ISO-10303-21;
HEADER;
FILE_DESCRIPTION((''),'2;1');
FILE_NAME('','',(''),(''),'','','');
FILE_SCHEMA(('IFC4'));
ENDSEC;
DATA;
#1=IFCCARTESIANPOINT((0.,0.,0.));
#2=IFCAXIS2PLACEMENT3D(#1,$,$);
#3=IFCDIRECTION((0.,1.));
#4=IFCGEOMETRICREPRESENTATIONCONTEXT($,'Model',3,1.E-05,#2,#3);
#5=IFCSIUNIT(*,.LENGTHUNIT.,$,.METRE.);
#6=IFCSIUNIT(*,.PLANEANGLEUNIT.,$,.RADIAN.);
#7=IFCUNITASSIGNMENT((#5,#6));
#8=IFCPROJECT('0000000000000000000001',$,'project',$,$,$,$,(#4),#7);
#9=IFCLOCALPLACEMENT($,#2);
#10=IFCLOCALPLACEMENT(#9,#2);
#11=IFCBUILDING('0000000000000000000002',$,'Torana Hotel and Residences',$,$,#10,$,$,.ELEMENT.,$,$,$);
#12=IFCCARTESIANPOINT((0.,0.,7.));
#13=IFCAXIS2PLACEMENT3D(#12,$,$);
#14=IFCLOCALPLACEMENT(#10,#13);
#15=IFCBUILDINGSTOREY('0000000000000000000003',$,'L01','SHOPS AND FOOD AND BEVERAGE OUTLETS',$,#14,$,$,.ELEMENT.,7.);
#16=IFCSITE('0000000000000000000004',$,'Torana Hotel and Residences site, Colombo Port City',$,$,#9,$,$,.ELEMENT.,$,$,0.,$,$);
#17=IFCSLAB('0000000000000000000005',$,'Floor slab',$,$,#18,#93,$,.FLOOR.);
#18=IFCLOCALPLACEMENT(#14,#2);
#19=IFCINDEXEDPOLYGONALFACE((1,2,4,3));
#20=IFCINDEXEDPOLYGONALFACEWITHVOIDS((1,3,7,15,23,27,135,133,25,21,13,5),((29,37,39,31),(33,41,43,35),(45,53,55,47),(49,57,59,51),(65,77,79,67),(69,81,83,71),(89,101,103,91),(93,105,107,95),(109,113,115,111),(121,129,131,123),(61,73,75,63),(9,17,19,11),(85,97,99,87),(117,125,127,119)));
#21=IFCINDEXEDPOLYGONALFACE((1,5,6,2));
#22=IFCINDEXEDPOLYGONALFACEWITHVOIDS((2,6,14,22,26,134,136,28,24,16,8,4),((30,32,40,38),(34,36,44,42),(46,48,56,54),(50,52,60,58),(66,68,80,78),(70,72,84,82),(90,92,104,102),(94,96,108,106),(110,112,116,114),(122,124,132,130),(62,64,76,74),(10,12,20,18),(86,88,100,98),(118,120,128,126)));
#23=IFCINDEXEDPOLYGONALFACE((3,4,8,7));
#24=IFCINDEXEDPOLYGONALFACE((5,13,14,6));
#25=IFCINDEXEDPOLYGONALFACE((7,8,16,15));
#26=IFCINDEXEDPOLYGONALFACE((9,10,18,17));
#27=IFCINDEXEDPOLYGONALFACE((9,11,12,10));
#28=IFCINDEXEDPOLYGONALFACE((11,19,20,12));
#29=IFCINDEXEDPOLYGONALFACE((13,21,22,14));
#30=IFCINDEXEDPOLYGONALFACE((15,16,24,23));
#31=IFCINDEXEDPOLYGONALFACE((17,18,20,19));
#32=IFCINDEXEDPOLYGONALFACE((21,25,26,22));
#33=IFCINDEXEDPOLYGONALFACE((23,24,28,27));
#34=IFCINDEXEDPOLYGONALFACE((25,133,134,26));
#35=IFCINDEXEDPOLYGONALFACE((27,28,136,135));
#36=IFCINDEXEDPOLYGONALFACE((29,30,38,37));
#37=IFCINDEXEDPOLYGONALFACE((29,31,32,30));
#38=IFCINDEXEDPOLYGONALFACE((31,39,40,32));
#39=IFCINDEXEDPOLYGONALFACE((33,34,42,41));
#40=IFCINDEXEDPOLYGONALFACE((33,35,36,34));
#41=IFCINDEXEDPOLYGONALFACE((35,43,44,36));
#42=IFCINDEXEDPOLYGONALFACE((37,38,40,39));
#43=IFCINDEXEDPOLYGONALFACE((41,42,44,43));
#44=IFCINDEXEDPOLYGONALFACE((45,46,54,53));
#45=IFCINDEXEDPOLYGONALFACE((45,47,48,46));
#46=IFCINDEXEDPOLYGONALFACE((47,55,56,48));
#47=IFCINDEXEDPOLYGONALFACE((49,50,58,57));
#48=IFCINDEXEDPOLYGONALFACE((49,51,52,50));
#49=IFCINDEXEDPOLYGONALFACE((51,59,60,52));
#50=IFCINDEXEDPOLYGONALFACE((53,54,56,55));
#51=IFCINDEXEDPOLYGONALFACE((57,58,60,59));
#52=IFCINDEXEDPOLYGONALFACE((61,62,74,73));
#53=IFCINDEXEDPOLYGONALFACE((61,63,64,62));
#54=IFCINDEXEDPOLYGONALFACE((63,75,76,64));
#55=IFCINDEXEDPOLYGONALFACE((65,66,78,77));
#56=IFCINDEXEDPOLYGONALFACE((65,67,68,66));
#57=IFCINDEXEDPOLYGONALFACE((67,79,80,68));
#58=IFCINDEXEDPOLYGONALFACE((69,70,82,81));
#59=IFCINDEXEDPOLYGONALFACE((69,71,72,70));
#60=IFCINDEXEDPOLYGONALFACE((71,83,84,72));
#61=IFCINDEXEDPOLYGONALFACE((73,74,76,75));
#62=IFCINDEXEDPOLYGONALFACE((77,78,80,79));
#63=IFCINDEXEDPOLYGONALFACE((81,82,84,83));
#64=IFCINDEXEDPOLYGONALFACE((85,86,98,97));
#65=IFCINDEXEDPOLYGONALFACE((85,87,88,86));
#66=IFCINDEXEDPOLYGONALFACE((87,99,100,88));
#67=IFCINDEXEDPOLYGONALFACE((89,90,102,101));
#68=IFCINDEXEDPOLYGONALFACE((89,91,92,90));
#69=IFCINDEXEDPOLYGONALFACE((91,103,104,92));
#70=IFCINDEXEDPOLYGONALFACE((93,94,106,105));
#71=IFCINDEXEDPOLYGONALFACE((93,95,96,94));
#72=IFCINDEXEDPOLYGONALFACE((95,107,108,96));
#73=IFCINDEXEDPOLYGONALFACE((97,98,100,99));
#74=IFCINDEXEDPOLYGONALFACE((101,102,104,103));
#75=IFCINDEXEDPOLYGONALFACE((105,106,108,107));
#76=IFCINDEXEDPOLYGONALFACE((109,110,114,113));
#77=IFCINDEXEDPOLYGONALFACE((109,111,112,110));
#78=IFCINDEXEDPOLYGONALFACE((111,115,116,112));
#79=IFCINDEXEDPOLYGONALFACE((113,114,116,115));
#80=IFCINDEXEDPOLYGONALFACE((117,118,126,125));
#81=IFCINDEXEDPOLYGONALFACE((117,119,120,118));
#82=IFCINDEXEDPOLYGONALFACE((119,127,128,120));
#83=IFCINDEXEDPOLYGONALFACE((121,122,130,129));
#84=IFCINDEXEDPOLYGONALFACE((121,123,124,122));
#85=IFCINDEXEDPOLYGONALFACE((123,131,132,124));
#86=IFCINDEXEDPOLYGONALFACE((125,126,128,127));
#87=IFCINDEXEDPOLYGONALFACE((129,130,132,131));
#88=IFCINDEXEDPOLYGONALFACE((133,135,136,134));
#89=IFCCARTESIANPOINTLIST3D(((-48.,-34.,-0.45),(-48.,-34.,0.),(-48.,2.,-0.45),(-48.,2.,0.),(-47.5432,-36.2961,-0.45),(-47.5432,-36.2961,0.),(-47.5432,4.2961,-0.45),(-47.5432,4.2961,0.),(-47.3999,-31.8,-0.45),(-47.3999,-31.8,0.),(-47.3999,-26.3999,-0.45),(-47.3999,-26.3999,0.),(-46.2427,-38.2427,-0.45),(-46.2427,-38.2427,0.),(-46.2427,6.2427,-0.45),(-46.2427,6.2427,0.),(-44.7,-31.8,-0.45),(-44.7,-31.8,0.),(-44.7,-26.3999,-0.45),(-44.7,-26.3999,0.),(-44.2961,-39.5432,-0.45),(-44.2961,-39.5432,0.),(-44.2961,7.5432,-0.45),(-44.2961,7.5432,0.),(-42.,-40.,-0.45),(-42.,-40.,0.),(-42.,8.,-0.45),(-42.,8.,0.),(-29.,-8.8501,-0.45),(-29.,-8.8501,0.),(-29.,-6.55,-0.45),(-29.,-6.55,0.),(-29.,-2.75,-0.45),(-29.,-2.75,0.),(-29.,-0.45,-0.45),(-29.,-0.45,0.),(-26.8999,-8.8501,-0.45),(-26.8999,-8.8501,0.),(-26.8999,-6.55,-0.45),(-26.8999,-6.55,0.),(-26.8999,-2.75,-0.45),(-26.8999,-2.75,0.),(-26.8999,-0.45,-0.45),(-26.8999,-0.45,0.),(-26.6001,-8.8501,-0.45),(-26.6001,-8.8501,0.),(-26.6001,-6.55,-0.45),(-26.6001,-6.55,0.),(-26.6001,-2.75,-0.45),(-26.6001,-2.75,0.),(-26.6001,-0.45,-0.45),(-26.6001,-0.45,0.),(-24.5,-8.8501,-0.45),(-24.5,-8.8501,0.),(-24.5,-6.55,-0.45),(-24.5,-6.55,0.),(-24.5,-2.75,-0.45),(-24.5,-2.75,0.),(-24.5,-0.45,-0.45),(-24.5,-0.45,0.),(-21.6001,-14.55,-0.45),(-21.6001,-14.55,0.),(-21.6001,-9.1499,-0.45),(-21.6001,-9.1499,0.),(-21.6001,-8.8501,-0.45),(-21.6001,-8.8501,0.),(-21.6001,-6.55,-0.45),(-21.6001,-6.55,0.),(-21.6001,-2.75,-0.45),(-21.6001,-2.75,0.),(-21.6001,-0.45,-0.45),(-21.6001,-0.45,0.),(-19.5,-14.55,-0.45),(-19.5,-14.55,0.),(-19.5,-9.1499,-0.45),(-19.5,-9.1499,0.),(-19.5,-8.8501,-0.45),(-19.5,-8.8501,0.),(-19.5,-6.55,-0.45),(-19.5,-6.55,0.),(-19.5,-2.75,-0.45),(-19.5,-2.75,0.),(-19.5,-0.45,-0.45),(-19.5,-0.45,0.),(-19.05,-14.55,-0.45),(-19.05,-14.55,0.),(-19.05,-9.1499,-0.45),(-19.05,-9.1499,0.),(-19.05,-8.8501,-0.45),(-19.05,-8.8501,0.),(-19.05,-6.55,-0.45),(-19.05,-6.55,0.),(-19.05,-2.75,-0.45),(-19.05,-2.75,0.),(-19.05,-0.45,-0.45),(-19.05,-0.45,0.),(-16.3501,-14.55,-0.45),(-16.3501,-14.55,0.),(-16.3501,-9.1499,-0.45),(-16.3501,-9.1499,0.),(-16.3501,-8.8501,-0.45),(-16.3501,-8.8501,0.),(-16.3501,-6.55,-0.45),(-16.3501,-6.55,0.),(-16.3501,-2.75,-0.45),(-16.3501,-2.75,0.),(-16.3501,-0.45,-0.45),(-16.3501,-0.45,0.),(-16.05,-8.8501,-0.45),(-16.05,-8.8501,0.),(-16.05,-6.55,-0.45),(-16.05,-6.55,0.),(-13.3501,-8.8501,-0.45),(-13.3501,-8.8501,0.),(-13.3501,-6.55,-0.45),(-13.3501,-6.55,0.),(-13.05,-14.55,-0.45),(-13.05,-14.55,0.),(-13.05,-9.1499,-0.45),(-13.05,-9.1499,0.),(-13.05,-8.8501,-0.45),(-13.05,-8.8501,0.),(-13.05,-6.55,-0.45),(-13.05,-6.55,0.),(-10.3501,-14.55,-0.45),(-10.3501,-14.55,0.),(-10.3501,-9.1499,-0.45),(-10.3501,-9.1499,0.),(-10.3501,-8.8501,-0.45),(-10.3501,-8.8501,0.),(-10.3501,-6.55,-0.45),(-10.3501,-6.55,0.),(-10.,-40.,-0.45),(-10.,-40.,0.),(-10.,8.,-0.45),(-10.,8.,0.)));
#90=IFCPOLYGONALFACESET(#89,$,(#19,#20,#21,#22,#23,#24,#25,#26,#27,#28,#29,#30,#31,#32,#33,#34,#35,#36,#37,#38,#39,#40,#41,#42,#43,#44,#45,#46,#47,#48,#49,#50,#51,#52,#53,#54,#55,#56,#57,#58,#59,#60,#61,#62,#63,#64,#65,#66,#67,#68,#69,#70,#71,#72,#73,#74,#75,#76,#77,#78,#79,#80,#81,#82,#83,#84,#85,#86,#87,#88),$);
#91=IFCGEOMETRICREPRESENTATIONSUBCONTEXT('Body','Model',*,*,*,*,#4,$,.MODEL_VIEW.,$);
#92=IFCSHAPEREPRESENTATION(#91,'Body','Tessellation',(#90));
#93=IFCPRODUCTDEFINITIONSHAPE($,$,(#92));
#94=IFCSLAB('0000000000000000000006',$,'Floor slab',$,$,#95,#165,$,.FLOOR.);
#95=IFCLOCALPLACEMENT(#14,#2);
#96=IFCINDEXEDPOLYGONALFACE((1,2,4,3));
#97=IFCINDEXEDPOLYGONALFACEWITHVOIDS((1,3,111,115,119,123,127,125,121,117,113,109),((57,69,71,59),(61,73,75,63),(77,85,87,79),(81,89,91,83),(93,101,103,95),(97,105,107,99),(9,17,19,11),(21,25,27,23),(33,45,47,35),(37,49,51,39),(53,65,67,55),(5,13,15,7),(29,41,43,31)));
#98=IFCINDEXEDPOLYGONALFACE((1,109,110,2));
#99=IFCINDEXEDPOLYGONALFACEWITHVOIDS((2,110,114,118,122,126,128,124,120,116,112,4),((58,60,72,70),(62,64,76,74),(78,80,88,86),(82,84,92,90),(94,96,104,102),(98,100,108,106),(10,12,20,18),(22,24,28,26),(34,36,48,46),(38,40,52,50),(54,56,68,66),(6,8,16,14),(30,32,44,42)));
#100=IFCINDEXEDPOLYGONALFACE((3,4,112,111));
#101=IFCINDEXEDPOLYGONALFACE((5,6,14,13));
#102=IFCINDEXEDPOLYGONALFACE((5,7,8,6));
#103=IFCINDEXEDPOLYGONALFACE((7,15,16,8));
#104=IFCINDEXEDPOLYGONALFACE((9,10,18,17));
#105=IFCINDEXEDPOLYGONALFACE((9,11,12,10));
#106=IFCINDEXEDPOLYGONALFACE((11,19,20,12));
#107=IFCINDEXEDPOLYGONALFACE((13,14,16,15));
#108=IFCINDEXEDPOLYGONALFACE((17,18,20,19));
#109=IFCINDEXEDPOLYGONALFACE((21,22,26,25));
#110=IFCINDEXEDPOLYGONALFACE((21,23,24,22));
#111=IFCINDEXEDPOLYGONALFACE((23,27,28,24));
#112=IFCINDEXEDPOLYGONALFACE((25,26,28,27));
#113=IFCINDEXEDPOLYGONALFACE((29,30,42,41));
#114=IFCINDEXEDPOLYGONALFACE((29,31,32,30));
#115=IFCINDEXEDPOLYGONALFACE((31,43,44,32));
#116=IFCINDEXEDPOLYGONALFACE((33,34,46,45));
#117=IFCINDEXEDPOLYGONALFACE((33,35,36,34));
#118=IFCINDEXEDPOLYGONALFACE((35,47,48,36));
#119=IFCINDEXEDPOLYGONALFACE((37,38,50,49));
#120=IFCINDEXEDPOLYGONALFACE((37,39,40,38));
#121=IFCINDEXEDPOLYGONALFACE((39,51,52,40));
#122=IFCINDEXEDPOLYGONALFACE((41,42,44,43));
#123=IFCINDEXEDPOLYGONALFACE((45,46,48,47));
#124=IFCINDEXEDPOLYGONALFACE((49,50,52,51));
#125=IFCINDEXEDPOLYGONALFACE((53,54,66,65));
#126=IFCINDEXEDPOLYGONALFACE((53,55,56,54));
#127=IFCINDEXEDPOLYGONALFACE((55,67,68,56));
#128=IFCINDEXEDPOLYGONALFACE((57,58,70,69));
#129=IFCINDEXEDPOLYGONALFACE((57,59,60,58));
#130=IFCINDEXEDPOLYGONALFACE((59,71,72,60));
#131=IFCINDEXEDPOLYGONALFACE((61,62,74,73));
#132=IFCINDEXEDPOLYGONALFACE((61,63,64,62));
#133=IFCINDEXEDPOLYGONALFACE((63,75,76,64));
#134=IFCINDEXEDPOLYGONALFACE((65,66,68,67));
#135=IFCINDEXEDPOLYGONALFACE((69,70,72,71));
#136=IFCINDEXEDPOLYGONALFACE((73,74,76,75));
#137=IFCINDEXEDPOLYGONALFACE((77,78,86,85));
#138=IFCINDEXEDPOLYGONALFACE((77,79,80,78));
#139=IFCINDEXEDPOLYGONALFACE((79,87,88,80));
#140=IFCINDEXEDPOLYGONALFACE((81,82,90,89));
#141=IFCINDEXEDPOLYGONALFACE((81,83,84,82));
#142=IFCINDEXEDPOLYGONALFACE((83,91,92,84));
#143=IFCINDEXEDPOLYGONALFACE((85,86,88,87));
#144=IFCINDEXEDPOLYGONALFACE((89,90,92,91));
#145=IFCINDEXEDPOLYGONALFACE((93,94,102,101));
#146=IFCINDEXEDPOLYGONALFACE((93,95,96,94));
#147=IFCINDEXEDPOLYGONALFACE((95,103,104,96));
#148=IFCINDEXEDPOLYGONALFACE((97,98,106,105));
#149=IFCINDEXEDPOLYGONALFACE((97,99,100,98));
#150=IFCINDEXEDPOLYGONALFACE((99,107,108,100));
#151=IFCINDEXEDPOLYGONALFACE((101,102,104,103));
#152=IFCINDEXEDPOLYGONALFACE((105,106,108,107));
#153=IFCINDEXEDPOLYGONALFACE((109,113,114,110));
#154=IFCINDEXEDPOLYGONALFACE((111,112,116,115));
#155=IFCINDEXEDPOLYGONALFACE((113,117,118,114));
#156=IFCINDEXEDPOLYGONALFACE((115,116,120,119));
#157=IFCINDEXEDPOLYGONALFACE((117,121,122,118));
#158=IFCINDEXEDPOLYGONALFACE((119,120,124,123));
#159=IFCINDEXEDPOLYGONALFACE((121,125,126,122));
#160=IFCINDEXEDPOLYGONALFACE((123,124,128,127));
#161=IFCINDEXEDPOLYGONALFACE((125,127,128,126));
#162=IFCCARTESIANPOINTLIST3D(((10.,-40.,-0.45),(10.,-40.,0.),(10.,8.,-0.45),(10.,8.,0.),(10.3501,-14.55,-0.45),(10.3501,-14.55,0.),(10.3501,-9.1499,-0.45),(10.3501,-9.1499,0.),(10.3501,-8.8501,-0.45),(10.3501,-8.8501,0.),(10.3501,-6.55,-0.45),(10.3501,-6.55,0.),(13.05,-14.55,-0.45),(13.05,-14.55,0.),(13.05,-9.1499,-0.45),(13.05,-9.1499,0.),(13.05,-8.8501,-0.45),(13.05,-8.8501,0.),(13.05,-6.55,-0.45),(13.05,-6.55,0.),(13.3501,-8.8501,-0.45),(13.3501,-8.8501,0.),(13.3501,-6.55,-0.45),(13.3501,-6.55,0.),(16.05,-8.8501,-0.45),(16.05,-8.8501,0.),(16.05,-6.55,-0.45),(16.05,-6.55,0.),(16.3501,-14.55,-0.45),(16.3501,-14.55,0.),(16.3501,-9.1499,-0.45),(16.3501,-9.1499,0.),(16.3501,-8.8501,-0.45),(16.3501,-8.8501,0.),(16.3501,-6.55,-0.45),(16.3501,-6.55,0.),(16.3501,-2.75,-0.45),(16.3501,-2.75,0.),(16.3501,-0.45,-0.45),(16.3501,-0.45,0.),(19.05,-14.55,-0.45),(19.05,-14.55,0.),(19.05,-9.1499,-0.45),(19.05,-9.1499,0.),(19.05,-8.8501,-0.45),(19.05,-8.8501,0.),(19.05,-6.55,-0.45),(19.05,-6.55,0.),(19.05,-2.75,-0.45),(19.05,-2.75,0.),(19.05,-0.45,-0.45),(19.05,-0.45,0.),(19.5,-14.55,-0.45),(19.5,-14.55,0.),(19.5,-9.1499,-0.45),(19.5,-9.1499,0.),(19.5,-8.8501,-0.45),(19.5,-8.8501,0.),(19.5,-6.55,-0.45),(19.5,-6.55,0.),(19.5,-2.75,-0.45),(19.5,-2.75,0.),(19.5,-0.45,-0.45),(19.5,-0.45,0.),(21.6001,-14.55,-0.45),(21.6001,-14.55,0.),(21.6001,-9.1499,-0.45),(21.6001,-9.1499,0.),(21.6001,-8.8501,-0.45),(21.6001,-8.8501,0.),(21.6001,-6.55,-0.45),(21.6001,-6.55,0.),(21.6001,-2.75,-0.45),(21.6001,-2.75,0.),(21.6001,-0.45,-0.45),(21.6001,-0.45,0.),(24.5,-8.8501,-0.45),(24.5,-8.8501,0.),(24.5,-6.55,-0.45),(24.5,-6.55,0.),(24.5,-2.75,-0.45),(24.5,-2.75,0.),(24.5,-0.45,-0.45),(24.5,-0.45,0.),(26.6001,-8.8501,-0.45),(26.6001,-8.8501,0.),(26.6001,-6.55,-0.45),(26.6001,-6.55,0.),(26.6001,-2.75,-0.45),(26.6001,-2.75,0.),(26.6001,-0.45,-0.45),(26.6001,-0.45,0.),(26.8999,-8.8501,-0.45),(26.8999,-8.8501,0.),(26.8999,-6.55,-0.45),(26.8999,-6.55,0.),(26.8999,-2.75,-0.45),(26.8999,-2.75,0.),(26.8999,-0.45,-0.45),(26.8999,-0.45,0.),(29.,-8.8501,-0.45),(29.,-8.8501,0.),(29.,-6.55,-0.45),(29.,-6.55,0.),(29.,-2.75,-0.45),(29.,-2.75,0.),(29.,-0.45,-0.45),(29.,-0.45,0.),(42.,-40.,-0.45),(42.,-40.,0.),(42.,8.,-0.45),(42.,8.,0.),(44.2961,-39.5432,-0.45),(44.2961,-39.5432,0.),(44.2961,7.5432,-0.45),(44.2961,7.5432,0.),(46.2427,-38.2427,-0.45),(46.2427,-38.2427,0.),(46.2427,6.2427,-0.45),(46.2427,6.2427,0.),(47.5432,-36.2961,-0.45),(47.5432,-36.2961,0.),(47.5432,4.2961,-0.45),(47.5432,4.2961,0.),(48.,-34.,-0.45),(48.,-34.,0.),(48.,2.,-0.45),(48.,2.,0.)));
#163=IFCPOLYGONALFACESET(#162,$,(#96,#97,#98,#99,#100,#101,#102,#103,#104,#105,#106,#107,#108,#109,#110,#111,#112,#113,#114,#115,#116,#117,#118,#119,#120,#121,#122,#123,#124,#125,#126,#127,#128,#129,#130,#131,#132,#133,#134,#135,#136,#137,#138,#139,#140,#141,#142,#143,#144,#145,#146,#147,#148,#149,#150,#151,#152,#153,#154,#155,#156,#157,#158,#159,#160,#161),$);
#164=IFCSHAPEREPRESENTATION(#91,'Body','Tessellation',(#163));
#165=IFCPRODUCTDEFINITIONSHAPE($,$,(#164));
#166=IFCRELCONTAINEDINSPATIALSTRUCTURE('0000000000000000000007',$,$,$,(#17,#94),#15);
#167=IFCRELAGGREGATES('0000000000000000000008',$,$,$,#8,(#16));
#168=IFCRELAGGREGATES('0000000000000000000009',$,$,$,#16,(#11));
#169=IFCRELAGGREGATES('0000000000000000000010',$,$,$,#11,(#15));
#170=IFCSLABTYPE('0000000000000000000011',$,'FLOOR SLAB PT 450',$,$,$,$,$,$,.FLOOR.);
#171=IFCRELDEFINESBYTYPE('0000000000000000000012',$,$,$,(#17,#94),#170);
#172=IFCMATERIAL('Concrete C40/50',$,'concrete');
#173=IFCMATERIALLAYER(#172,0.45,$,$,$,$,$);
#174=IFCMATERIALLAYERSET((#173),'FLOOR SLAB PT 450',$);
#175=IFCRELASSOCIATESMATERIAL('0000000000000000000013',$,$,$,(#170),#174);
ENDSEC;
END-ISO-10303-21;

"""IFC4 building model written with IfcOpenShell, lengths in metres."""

from ifc_helpers import new_model, si_unit, direction, frame, origin, place, context, subcontext, project, spatial, polyline, outline, extrude, material, layer, layer_set, type_object, element, save


model = new_model("IFC4")

# Units and contexts
model_context = context("Model", 3, precision=1e-05, world=origin(), true_north=direction((0.0, 1.0)))
body_context = subcontext(model_context, "Body", "Model", "MODEL_VIEW")
ifc_project = project(units=[si_unit("LENGTHUNIT", "METRE"), si_unit("PLANEANGLEUNIT", "RADIAN")], contexts=[model_context])

# Site, building, storey
site_placement = place(None, origin())
site = spatial("IfcSite", under=ifc_project, at=site_placement, Name="Torana Hotel and Residences site, Colombo Port City", CompositionType="ELEMENT", RefElevation=0.0)
building_placement = place(site_placement, origin())
building = spatial("IfcBuilding", under=site, at=building_placement, Name="Torana Hotel and Residences", CompositionType="ELEMENT")
storey_placement = place(building_placement, frame((0.0, 0.0, 7.0)))
storey = spatial("IfcBuildingStorey", under=building, at=storey_placement, Name="L01", Description="SHOPS AND FOOD AND BEVERAGE OUTLETS", CompositionType="ELEMENT", Elevation=7.0)

# Slabs
ifc_material_1 = material(Name="Concrete C40/50", Category="concrete")
ifc_layer_1 = layer(ifc_material_1, 0.45)
ifc_layer_set_1 = layer_set([ifc_layer_1], Name="FLOOR SLAB PT 450")
slab_type_1 = type_object("IfcSlabType", Name="FLOOR SLAB PT 450", PredefinedType="FLOOR", material=ifc_layer_set_1)
slab_1_placement = place(storey_placement, frame((0.0, 0.0, -0.45)))
element("IfcSlab", 1, at=slab_1_placement, inside=storey, type_object=slab_type_1, Name="Floor slab", PredefinedType="FLOOR", context=body_context, shape_type="SweptSolid", body=[
    extrude(outline(polyline([(-42.0, -40.0), (-10.0, -40.0), (-10.0, 8.0), (-42.0, 8.0), (-44.2961, 7.5432), (-46.2427, 6.2427), (-47.5432, 4.2961), (-48.0, 2.0), (-48.0, -34.0), (-47.5432, -36.2961), (-46.2427, -38.2427), (-44.2961, -39.5432), (-42.0, -40.0)]), holes=[polyline([(-13.05, -14.55), (-10.3501, -14.55), (-10.3501, -9.1499), (-13.05, -9.1499), (-13.05, -14.55)]), polyline([(-19.05, -14.55), (-16.3501, -14.55), (-16.3501, -9.1499), (-19.05, -9.1499), (-19.05, -14.55)]), polyline([(-19.05, -2.75), (-16.3501, -2.75), (-16.3501, -0.45), (-19.05, -0.45), (-19.05, -2.75)]), polyline([(-26.6001, -2.75), (-24.5, -2.75), (-24.5, -0.45), (-26.6001, -0.45), (-26.6001, -2.75)]), polyline([(-29.0, -2.75), (-26.8999, -2.75), (-26.8999, -0.45), (-29.0, -0.45), (-29.0, -2.75)]), polyline([(-26.6001, -8.8501), (-24.5, -8.8501), (-24.5, -6.55), (-26.6001, -6.55), (-26.6001, -8.8501)]), polyline([(-29.0, -8.8501), (-26.8999, -8.8501), (-26.8999, -6.55), (-29.0, -6.55), (-29.0, -8.8501)]), polyline([(-21.6001, -2.75), (-19.5, -2.75), (-19.5, -0.45), (-21.6001, -0.45), (-21.6001, -2.75)]), polyline([(-21.6001, -8.8501), (-19.5, -8.8501), (-19.5, -6.55), (-21.6001, -6.55), (-21.6001, -8.8501)]), polyline([(-13.05, -8.8501), (-10.3501, -8.8501), (-10.3501, -6.55), (-13.05, -6.55), (-13.05, -8.8501)]), polyline([(-16.05, -8.8501), (-13.3501, -8.8501), (-13.3501, -6.55), (-16.05, -6.55), (-16.05, -8.8501)]), polyline([(-19.05, -8.8501), (-16.3501, -8.8501), (-16.3501, -6.55), (-19.05, -6.55), (-19.05, -8.8501)]), polyline([(-21.6001, -14.55), (-19.5, -14.55), (-19.5, -9.1499), (-21.6001, -9.1499), (-21.6001, -14.55)]), polyline([(-47.3999, -31.8), (-44.7, -31.8), (-44.7, -26.3999), (-47.3999, -26.3999), (-47.3999, -31.8)])]), origin(), (0.0, 0.0, 1.0), 0.45),
])
slab_2_placement = place(storey_placement, frame((0.0, 0.0, -0.45)))
element("IfcSlab", 2, at=slab_2_placement, inside=storey, type_object=slab_type_1, Name="Floor slab", PredefinedType="FLOOR", context=body_context, shape_type="SweptSolid", body=[
    extrude(outline(polyline([(10.0, -40.0), (42.0, -40.0), (44.2961, -39.5432), (46.2427, -38.2427), (47.5432, -36.2961), (48.0, -34.0), (48.0, 2.0), (47.5432, 4.2961), (46.2427, 6.2427), (44.2961, 7.5432), (42.0, 8.0), (10.0, 8.0), (10.0, -40.0)]), holes=[polyline([(10.3501, -14.55), (13.05, -14.55), (13.05, -9.1499), (10.3501, -9.1499), (10.3501, -14.55)]), polyline([(16.3501, -14.55), (19.05, -14.55), (19.05, -9.1499), (16.3501, -9.1499), (16.3501, -14.55)]), polyline([(16.3501, -2.75), (19.05, -2.75), (19.05, -0.45), (16.3501, -0.45), (16.3501, -2.75)]), polyline([(24.5, -2.75), (26.6001, -2.75), (26.6001, -0.45), (24.5, -0.45), (24.5, -2.75)]), polyline([(26.8999, -2.75), (29.0, -2.75), (29.0, -0.45), (26.8999, -0.45), (26.8999, -2.75)]), polyline([(24.5, -8.8501), (26.6001, -8.8501), (26.6001, -6.55), (24.5, -6.55), (24.5, -8.8501)]), polyline([(26.8999, -8.8501), (29.0, -8.8501), (29.0, -6.55), (26.8999, -6.55), (26.8999, -8.8501)]), polyline([(19.5, -2.75), (21.6001, -2.75), (21.6001, -0.45), (19.5, -0.45), (19.5, -2.75)]), polyline([(19.5, -8.8501), (21.6001, -8.8501), (21.6001, -6.55), (19.5, -6.55), (19.5, -8.8501)]), polyline([(10.3501, -8.8501), (13.05, -8.8501), (13.05, -6.55), (10.3501, -6.55), (10.3501, -8.8501)]), polyline([(13.3501, -8.8501), (16.05, -8.8501), (16.05, -6.55), (13.3501, -6.55), (13.3501, -8.8501)]), polyline([(16.3501, -8.8501), (19.05, -8.8501), (19.05, -6.55), (16.3501, -6.55), (16.3501, -8.8501)]), polyline([(19.5, -14.55), (21.6001, -14.55), (21.6001, -9.1499), (19.5, -9.1499), (19.5, -14.55)])]), origin(), (0.0, 0.0, 1.0), 0.45),
])

save(model, "model.ifc")
